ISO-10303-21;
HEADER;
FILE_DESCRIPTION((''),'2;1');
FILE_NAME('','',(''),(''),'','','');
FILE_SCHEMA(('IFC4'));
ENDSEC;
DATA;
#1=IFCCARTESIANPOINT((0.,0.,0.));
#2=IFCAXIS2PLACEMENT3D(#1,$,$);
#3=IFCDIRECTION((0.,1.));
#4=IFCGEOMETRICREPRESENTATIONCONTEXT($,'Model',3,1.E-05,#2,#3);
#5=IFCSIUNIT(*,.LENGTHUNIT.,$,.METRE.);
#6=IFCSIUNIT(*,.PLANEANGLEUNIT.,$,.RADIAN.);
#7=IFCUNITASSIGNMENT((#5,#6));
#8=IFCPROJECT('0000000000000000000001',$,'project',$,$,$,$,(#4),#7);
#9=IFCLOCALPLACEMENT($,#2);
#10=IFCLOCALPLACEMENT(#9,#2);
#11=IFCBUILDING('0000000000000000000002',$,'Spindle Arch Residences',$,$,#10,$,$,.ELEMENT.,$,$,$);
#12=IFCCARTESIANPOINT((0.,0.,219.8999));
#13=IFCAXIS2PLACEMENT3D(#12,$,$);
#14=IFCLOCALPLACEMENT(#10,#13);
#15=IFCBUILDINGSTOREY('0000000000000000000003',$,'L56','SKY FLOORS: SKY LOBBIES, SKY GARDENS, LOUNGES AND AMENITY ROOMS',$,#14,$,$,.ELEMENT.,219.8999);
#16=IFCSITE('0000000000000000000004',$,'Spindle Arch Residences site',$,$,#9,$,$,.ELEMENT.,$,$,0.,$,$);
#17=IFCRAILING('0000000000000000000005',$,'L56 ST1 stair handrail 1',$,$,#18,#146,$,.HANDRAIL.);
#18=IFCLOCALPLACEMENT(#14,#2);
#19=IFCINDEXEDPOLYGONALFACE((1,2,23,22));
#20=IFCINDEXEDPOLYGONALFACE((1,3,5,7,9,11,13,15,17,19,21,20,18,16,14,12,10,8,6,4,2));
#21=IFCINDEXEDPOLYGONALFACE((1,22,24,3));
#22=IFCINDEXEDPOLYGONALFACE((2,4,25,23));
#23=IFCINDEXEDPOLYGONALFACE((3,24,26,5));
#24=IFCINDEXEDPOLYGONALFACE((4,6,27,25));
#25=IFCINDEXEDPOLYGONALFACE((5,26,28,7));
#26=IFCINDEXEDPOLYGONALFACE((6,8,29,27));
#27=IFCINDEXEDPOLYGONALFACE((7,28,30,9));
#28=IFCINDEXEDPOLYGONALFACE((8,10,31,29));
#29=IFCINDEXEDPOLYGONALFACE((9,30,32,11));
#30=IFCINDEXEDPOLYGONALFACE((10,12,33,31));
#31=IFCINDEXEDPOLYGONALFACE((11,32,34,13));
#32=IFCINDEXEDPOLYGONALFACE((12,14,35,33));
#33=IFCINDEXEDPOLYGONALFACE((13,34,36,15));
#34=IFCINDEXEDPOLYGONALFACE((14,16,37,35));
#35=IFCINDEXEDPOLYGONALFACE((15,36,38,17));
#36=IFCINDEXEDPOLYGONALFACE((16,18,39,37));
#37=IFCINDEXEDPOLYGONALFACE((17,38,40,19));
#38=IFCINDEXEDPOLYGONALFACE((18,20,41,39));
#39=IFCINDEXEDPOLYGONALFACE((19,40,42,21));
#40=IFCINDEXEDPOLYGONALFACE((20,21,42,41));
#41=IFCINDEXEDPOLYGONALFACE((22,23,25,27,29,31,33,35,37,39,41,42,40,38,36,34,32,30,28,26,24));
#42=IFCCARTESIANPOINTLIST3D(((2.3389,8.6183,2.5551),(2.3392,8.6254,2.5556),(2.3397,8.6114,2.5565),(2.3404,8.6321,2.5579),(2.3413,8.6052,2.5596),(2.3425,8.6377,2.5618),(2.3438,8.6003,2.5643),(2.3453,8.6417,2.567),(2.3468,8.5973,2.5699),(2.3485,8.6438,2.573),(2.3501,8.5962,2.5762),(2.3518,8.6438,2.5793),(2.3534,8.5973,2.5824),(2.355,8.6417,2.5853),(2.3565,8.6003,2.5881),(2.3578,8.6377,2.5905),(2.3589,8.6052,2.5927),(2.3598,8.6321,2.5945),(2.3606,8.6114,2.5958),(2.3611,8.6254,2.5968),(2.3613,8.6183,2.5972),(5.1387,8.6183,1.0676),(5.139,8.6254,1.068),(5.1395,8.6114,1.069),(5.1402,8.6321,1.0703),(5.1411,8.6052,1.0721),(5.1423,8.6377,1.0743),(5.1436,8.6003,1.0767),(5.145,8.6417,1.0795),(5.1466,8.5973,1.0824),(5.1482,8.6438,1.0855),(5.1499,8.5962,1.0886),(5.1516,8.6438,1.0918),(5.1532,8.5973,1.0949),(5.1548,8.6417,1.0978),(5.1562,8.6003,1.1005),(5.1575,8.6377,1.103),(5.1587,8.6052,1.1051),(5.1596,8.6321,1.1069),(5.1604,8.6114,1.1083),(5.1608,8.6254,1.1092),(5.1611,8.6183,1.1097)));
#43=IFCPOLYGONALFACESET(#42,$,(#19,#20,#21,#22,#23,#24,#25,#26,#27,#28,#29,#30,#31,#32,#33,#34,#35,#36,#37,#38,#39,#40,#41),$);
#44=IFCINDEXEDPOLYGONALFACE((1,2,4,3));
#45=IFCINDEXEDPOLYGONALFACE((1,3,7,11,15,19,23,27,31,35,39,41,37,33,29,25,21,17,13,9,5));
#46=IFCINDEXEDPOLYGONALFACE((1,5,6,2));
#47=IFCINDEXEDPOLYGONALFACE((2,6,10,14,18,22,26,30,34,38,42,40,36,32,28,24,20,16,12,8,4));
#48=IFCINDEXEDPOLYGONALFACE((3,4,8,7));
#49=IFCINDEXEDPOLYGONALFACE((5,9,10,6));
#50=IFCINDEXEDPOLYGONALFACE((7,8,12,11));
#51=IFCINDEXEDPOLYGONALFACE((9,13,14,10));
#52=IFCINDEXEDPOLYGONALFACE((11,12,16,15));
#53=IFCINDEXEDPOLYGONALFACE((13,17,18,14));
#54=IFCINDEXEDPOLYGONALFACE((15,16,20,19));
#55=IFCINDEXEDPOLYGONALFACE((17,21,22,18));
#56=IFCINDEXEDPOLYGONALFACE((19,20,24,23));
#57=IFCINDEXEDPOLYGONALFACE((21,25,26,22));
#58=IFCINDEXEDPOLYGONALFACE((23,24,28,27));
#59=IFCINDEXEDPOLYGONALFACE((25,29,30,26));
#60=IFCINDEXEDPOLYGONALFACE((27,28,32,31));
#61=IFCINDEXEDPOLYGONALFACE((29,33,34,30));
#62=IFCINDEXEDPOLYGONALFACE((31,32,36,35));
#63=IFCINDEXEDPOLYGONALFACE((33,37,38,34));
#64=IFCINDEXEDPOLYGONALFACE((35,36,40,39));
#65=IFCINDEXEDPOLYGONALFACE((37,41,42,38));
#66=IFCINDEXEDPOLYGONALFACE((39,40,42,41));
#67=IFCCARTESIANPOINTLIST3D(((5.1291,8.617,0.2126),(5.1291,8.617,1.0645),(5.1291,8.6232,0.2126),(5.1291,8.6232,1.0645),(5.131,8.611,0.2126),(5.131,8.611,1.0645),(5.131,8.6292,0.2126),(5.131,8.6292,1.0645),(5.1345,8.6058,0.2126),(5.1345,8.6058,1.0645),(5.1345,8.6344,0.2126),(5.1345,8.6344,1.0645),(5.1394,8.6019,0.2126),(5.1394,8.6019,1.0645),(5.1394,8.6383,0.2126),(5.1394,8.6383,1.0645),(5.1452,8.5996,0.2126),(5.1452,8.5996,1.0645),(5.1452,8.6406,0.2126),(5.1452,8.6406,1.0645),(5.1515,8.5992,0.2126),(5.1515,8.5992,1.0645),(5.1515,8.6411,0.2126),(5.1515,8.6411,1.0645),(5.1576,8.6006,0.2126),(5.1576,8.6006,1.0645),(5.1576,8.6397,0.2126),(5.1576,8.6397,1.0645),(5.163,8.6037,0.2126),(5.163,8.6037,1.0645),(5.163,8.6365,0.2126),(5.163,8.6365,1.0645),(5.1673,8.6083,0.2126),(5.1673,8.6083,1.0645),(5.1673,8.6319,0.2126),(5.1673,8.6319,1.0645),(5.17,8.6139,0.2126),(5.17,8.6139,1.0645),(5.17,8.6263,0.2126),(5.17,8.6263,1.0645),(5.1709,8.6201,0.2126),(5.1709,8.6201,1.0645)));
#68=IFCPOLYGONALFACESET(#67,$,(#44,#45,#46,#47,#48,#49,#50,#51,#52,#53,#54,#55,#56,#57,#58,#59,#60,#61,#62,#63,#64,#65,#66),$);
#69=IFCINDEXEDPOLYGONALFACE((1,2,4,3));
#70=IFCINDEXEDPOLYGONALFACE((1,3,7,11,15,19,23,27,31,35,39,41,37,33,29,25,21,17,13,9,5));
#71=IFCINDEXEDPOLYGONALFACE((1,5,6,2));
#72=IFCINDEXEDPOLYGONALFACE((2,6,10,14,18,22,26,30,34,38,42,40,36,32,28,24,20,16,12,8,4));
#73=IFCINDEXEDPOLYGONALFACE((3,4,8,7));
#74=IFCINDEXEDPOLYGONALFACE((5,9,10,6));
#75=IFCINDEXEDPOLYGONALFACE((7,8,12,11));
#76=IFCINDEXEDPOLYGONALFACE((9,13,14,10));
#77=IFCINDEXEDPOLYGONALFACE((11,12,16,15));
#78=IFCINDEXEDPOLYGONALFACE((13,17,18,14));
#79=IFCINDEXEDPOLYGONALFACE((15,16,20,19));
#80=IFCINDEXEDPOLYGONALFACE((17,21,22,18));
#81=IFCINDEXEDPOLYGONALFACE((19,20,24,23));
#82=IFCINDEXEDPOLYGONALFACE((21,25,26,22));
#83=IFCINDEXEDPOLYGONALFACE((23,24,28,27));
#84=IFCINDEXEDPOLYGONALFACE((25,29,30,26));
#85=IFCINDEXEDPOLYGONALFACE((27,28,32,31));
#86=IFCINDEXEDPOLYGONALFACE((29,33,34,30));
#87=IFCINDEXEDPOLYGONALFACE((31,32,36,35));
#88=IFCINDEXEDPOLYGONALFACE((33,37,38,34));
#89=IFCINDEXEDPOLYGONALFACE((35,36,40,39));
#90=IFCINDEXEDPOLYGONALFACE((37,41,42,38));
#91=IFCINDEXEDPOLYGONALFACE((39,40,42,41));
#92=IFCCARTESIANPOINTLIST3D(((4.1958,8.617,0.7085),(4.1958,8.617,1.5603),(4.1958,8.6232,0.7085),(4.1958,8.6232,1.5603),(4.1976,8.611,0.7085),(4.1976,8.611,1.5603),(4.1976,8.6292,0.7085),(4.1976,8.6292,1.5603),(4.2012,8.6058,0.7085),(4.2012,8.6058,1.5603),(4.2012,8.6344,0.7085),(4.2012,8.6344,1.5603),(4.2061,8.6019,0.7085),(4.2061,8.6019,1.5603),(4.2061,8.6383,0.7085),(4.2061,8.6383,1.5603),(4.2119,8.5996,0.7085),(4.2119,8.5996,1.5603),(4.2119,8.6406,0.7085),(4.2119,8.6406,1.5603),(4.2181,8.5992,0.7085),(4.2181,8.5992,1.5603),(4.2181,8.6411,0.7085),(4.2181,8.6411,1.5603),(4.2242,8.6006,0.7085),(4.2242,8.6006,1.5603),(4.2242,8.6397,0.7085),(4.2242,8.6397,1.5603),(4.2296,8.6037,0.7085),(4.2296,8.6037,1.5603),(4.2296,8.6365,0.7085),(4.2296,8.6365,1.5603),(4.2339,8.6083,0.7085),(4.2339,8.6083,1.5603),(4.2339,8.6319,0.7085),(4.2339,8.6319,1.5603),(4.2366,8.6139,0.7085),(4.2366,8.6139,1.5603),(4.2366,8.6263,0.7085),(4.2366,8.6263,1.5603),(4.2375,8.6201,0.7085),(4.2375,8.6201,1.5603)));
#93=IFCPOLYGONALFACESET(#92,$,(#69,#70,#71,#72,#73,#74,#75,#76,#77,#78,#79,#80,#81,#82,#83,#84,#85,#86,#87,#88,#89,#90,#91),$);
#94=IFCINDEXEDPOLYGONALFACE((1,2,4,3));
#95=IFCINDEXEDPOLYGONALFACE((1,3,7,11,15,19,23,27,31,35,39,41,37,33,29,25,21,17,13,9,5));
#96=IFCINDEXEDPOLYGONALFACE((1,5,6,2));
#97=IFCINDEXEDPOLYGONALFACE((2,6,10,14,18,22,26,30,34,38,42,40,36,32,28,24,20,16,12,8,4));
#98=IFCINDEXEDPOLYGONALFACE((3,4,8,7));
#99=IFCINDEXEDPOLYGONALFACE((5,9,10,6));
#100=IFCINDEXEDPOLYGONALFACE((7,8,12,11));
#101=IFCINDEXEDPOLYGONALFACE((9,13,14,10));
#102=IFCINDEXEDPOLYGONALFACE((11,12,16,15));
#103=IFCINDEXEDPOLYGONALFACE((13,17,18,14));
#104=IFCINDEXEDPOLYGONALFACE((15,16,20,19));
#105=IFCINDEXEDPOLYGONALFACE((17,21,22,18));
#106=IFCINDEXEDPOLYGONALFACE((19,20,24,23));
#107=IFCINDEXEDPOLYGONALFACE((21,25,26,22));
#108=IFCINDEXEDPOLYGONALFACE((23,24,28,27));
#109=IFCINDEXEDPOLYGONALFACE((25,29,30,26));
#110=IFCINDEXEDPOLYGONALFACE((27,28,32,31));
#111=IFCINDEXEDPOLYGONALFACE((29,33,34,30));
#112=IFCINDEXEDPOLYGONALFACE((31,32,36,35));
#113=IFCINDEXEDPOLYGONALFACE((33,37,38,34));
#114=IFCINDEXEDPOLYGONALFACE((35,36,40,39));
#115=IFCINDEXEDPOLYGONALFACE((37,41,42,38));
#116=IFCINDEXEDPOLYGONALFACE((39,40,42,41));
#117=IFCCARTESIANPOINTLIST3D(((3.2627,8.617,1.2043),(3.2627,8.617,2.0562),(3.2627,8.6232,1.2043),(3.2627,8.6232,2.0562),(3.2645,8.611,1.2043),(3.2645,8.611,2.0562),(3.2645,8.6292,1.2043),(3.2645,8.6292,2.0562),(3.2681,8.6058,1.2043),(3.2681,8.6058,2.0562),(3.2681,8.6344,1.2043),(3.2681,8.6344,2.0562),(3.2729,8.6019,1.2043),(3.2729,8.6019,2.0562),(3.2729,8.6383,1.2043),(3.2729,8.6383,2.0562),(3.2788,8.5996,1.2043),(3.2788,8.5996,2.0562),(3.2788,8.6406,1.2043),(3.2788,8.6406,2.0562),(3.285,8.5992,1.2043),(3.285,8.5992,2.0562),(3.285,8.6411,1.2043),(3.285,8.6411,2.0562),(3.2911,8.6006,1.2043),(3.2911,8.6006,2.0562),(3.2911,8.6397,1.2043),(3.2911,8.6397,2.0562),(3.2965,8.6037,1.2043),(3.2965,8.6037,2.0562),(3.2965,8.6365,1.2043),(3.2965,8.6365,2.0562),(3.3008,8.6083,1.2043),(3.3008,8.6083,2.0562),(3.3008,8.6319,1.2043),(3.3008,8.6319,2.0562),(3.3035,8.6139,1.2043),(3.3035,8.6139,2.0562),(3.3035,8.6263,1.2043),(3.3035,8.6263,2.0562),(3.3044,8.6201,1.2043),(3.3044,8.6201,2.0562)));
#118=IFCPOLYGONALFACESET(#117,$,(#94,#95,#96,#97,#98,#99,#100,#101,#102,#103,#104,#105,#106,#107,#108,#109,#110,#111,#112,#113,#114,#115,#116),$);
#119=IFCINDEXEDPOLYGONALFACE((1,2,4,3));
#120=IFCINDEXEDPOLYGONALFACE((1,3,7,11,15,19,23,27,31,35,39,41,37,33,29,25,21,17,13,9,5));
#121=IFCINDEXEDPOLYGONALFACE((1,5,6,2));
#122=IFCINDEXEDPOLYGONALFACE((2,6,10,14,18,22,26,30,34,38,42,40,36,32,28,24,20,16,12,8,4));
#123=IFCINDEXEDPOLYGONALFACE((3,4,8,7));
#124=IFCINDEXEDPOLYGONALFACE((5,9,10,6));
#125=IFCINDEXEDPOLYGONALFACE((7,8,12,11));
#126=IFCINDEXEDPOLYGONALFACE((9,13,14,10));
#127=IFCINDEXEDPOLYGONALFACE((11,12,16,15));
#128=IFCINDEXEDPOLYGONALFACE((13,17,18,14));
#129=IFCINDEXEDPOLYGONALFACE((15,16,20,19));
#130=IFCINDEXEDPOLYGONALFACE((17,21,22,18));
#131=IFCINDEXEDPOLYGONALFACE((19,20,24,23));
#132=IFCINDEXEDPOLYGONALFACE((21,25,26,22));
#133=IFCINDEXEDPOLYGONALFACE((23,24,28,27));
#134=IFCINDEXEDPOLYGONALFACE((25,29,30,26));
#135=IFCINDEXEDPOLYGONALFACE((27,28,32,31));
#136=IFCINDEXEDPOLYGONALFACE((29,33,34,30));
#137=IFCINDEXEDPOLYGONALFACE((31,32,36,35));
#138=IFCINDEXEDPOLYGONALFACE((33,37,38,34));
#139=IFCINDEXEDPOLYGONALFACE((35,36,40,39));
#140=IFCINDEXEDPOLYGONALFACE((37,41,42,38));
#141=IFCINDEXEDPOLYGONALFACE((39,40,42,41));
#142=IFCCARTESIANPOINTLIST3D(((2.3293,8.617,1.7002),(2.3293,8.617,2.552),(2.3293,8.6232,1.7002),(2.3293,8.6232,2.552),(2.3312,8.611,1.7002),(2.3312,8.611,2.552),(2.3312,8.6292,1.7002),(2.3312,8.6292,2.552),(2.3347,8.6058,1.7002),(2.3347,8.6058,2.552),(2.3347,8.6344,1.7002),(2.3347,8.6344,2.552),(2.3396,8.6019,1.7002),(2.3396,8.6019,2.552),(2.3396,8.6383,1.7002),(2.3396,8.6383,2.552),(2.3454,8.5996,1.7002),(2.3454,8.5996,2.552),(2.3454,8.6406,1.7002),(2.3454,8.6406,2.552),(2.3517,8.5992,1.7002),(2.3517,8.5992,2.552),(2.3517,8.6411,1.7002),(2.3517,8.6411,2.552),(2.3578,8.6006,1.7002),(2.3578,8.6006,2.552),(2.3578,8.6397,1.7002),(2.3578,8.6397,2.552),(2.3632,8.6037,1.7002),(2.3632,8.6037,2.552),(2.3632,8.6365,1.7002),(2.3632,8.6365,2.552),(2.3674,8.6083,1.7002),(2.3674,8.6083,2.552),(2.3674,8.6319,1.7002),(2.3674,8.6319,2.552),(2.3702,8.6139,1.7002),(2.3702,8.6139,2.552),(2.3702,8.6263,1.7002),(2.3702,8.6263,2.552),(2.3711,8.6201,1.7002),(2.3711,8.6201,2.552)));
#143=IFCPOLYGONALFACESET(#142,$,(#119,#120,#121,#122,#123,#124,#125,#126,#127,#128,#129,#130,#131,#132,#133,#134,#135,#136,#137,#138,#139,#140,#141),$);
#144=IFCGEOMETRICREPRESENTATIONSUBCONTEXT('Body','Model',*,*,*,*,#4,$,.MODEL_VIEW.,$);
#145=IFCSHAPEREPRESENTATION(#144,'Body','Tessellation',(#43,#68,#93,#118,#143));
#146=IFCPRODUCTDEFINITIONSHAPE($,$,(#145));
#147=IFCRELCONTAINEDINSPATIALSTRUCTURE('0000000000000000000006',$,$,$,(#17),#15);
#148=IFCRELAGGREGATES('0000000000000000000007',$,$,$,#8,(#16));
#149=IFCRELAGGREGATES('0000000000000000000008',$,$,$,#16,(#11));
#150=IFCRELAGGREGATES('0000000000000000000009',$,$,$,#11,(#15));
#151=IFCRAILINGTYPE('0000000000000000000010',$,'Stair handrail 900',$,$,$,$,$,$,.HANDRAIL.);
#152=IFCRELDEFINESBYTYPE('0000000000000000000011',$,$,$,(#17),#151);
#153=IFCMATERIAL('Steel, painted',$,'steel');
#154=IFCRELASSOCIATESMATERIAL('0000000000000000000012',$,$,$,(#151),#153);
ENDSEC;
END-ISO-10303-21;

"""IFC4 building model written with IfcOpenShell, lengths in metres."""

from ifc_helpers import new_model, si_unit, direction, frame, origin, origin_2d, place, context, subcontext, project, spatial, circle, extrude, material, type_object, element, save


model = new_model("IFC4")

# Units and contexts
model_context = context("Model", 3, precision=1e-05, world=origin(), true_north=direction((0.0, 1.0)))
body_context = subcontext(model_context, "Body", "Model", "MODEL_VIEW")
ifc_project = project(units=[si_unit("LENGTHUNIT", "METRE"), si_unit("PLANEANGLEUNIT", "RADIAN")], contexts=[model_context])

# Site, building, storey
site_placement = place(None, origin())
site = spatial("IfcSite", under=ifc_project, at=site_placement, Name="Spindle Arch Residences site", CompositionType="ELEMENT", RefElevation=0.0)
building_placement = place(site_placement, origin())
building = spatial("IfcBuilding", under=site, at=building_placement, Name="Spindle Arch Residences", CompositionType="ELEMENT")
storey_placement = place(building_placement, frame((0.0, 0.0, 219.8999)))
storey = spatial("IfcBuildingStorey", under=building, at=storey_placement, Name="L56", Description="SKY FLOORS: SKY LOBBIES, SKY GARDENS, LOUNGES AND AMENITY ROOMS", CompositionType="ELEMENT", Elevation=219.8999)

# Railing
ifc_material_1 = material(Name="Steel, painted", Category="steel")
railing_type_1 = type_object("IfcRailingType", Name="Stair handrail 900", PredefinedType="HANDRAIL", material=ifc_material_1)
for number, where, name in (
    (1, (5.1499, 8.6201, 0.2126), "L56 ST1 stair handrail 1"),
):
    element("IfcRailing", number, at=place(storey_placement, frame(where)), inside=storey, type_object=railing_type_1, Name=name, PredefinedType="HANDRAIL", context=body_context, shape_type="SweptSolid", body=[
        extrude(circle(Radius=0.0239, at=origin_2d()), frame((0.0, 0.0, 0.876), z_axis=(-0.883096, 0.0, 0.469193), x_axis=(0.0, -1.0, 0.0)), (0.0, 0.0, 1.0), 3.1704),
        extrude(circle(Radius=0.021, at=origin_2d()), origin(), (0.0, 0.0, 1.0), 0.8518),
        extrude(circle(Radius=0.021, at=origin_2d()), frame((-0.9333, 0.0, 0.4958)), (0.0, 0.0, 1.0), 0.8518),
        extrude(circle(Radius=0.021, at=origin_2d()), frame((-1.8665, 0.0, 0.9917)), (0.0, 0.0, 1.0), 0.8518),
        extrude(circle(Radius=0.021, at=origin_2d()), frame((-2.7998, 0.0, 1.4875)), (0.0, 0.0, 1.0), 0.8518),
    ])

save(model, "model.ifc")
